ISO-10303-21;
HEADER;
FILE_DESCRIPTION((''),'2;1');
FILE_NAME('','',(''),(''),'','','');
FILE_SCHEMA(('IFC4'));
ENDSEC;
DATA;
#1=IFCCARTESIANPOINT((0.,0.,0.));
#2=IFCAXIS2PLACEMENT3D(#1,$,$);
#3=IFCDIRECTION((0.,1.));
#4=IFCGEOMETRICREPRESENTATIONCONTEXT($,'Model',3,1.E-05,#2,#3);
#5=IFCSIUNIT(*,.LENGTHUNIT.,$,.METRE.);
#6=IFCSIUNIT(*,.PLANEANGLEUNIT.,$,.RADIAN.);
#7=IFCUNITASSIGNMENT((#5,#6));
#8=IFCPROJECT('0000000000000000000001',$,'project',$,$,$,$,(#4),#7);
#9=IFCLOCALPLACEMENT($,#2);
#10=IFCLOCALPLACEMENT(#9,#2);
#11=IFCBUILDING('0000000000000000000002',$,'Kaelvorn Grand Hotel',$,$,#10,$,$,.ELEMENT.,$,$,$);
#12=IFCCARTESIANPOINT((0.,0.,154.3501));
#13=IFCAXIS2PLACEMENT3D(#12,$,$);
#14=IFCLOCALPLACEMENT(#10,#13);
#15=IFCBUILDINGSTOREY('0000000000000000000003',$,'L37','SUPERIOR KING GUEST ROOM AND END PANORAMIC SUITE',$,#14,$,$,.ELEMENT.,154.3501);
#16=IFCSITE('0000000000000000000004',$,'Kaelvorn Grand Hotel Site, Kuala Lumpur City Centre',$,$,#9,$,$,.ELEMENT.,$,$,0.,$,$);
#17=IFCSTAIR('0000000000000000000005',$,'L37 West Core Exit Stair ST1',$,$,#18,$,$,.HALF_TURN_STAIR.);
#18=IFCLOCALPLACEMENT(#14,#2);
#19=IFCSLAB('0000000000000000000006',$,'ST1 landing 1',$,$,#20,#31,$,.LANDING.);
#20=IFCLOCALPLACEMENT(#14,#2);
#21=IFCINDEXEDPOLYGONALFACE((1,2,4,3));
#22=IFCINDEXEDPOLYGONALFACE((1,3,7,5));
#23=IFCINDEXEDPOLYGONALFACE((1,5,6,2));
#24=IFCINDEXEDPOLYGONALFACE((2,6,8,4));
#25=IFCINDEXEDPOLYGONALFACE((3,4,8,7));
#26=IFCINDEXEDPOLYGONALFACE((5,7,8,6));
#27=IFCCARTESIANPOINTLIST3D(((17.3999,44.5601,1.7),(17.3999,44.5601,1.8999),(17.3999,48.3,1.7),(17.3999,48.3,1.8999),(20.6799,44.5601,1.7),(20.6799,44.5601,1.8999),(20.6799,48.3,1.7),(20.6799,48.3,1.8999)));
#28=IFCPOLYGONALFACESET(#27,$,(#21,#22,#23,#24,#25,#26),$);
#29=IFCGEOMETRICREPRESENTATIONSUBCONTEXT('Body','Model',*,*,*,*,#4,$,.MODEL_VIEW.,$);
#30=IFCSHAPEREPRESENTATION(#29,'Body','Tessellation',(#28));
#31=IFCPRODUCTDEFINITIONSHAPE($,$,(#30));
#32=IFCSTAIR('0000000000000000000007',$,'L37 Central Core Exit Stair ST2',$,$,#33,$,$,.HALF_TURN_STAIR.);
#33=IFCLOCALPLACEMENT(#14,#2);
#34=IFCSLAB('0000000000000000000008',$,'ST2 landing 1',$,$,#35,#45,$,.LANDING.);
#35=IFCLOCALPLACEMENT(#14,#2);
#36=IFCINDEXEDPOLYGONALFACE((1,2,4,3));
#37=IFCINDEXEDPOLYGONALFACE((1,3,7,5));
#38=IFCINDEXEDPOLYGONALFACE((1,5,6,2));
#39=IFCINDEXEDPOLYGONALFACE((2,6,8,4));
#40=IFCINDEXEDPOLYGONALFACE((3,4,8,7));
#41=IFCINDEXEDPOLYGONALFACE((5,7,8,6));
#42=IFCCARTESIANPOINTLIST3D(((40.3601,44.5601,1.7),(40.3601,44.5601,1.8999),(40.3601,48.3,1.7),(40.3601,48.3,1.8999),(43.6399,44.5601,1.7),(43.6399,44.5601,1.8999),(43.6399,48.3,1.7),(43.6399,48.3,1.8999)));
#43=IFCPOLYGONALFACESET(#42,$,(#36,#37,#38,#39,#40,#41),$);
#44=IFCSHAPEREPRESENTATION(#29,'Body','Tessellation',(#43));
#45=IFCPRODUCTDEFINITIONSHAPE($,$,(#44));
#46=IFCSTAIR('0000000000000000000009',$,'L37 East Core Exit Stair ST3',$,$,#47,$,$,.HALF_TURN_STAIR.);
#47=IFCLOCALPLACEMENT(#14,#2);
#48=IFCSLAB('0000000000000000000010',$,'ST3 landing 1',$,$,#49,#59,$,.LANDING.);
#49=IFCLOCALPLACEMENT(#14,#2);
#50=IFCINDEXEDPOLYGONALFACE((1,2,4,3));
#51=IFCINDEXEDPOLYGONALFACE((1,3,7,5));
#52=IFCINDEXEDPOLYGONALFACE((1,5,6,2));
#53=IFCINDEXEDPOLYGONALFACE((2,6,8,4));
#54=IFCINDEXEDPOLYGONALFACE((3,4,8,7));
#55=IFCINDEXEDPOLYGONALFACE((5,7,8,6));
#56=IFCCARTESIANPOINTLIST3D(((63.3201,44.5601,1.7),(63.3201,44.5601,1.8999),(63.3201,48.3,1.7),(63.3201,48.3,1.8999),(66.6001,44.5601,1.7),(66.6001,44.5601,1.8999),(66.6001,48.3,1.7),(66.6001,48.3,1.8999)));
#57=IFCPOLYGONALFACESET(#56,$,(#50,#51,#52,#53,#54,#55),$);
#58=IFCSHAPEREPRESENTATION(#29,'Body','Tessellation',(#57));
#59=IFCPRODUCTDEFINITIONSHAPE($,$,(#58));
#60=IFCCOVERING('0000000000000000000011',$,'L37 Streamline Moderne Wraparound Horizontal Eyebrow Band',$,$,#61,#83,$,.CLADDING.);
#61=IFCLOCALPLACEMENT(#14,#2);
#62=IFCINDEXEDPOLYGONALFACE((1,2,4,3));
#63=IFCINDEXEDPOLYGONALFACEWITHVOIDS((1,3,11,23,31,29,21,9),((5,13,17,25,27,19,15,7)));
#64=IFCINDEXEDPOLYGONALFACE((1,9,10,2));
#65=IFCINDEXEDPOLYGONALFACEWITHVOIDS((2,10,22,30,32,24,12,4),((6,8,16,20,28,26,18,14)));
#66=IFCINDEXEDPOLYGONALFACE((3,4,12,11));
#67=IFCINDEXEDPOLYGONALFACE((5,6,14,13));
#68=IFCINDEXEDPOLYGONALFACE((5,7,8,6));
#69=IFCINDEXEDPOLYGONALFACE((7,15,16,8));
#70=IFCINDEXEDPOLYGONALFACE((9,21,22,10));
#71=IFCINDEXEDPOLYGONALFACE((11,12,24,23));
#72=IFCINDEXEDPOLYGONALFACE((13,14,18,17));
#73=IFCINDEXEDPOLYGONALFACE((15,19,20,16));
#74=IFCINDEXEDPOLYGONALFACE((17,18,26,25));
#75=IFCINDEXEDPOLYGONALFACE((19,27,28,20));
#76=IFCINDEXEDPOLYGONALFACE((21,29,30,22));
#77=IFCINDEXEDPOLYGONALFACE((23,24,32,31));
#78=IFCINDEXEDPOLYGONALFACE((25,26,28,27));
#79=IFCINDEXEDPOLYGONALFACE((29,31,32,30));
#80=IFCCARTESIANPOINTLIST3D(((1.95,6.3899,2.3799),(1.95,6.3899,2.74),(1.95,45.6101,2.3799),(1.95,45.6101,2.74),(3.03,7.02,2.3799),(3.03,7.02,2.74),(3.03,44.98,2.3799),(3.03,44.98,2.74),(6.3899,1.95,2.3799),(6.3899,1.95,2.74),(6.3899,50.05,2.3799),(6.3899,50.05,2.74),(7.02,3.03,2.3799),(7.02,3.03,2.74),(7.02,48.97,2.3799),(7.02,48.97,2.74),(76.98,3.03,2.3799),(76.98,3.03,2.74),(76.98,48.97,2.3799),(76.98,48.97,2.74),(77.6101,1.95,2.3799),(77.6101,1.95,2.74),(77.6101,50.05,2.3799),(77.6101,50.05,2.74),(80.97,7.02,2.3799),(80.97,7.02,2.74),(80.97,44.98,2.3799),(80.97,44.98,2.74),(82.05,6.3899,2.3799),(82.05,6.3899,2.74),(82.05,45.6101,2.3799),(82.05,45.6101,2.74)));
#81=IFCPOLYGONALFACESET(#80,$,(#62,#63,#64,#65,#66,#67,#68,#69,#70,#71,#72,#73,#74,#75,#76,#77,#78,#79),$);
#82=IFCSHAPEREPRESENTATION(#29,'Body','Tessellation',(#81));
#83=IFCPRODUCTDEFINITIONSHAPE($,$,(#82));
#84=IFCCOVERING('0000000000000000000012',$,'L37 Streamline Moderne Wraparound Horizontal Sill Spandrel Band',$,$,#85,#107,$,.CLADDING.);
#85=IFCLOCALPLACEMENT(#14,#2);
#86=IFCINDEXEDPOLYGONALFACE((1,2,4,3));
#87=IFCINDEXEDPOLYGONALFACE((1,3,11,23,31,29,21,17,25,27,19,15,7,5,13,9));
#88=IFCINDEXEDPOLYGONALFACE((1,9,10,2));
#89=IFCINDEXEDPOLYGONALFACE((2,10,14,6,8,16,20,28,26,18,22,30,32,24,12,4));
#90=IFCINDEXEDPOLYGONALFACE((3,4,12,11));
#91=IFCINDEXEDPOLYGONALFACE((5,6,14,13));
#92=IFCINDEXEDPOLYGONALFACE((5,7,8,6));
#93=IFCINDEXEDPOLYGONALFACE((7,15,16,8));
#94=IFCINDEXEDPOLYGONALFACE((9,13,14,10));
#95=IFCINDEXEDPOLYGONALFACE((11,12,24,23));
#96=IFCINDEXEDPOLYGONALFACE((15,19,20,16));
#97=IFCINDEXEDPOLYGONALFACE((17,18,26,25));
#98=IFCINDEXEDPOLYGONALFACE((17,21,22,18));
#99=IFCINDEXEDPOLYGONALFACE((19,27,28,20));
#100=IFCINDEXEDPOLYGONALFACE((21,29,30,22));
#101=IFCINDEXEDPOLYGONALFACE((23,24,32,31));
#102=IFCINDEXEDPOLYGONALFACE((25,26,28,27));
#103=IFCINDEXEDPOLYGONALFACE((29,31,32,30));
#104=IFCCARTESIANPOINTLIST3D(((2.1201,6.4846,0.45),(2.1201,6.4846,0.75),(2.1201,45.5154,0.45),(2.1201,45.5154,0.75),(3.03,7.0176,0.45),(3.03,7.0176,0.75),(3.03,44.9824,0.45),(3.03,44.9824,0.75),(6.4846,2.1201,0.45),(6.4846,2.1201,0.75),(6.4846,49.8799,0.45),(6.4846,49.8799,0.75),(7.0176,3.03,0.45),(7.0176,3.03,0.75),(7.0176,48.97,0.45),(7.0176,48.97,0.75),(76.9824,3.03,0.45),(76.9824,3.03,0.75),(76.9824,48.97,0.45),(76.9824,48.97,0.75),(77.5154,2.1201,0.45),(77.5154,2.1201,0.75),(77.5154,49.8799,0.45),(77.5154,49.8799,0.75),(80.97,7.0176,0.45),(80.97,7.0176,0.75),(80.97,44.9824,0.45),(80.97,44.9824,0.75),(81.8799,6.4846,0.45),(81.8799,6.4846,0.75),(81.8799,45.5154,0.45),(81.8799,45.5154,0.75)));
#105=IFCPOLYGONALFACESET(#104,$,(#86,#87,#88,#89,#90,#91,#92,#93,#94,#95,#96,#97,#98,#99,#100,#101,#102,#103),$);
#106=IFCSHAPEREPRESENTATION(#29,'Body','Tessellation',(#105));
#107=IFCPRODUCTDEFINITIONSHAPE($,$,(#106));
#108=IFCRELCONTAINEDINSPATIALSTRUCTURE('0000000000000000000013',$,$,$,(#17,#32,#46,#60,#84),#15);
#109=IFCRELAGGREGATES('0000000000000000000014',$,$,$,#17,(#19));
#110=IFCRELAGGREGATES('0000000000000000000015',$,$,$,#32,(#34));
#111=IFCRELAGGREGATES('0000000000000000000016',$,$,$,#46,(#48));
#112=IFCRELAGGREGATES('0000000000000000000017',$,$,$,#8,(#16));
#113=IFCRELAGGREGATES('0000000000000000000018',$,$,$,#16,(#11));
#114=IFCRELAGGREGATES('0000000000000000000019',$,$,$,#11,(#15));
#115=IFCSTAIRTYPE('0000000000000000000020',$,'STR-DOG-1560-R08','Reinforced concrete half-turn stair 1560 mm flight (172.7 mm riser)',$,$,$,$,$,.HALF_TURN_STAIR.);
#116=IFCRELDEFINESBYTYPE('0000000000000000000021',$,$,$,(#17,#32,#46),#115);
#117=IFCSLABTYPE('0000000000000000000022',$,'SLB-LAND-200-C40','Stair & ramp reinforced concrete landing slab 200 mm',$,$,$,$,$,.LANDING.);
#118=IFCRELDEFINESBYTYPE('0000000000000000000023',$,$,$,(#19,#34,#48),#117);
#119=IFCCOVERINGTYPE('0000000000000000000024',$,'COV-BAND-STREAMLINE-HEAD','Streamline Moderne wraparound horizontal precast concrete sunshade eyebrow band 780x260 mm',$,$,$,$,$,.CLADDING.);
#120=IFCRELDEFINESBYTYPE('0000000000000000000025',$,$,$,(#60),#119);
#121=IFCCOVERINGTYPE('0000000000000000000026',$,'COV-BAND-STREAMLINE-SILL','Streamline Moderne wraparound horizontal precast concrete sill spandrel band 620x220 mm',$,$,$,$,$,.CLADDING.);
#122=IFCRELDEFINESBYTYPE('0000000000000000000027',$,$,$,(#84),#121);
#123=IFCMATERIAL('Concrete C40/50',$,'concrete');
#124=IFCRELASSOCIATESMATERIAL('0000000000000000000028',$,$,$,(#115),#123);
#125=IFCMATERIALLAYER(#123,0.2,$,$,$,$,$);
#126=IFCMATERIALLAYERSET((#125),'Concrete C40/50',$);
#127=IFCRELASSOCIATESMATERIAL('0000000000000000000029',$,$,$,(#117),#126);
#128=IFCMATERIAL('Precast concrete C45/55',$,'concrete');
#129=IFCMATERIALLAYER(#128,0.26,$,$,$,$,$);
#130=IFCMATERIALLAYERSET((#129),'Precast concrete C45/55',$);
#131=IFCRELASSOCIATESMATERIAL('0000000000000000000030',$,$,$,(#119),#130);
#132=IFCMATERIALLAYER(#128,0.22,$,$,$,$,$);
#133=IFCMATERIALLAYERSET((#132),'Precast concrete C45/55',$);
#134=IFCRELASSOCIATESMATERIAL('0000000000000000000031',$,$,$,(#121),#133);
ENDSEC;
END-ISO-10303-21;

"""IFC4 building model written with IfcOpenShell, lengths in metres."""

from ifc_helpers import new_model, si_unit, direction, frame, origin, place, context, subcontext, project, spatial, polyline, outline, extrude, material, layer, layer_set, type_object, element, aggregate, save


model = new_model("IFC4")

# Units and contexts
model_context = context("Model", 3, precision=1e-05, world=origin(), true_north=direction((0.0, 1.0)))
body_context = subcontext(model_context, "Body", "Model", "MODEL_VIEW")
ifc_project = project(units=[si_unit("LENGTHUNIT", "METRE"), si_unit("PLANEANGLEUNIT", "RADIAN")], contexts=[model_context])

# Site, building, storey
site_placement = place(None, origin())
site = spatial("IfcSite", under=ifc_project, at=site_placement, Name="Kaelvorn Grand Hotel Site, Kuala Lumpur City Centre", CompositionType="ELEMENT", RefElevation=0.0)
building_placement = place(site_placement, origin())
building = spatial("IfcBuilding", under=site, at=building_placement, Name="Kaelvorn Grand Hotel", CompositionType="ELEMENT")
storey_placement = place(building_placement, frame((0.0, 0.0, 154.3501)))
storey = spatial("IfcBuildingStorey", under=building, at=storey_placement, Name="L37", Description="SUPERIOR KING GUEST ROOM AND END PANORAMIC SUITE", CompositionType="ELEMENT", Elevation=154.3501)

# Shared definitions
ifc_material_1 = material(Name="Concrete C40/50", Category="concrete")

# Stairs, slabs
stair_type = type_object("IfcStairType", Name="STR-DOG-1560-R08", Description="Reinforced concrete half-turn stair 1560 mm flight (172.7 mm riser)", PredefinedType="HALF_TURN_STAIR", material=ifc_material_1)
stair_1_placement = place(storey_placement, origin())
stair_1 = element("IfcStair", 1, at=stair_1_placement, inside=storey, type_object=stair_type, Name="L37 West Core Exit Stair ST1", PredefinedType="HALF_TURN_STAIR")
ifc_layer_1 = layer(ifc_material_1, 0.2)
ifc_layer_set_1 = layer_set([ifc_layer_1], Name="Concrete C40/50")
slab_type_1 = type_object("IfcSlabType", Name="SLB-LAND-200-C40", Description="Stair & ramp reinforced concrete landing slab 200 mm", PredefinedType="LANDING", material=ifc_layer_set_1)
slab_1_placement = place(storey_placement, frame((0.0, 0.0, 1.7)))
slab_1 = element("IfcSlab", 2, at=slab_1_placement, type_object=slab_type_1, Name="ST1 landing 1", PredefinedType="LANDING", context=body_context, shape_type="SweptSolid", body=[
    extrude(outline(polyline([(20.6799, 44.5601), (20.6799, 48.3), (17.3999, 48.3), (17.3999, 44.5601), (20.6799, 44.5601)])), origin(), (0.0, 0.0, 1.0), 0.2),
])
aggregate(stair_1, [slab_1])
stair_2_placement = place(storey_placement, origin())
stair_2 = element("IfcStair", 3, at=stair_2_placement, inside=storey, type_object=stair_type, Name="L37 Central Core Exit Stair ST2", PredefinedType="HALF_TURN_STAIR")
slab_2_placement = place(storey_placement, frame((0.0, 0.0, 1.7)))
slab_2 = element("IfcSlab", 4, at=slab_2_placement, type_object=slab_type_1, Name="ST2 landing 1", PredefinedType="LANDING", context=body_context, shape_type="SweptSolid", body=[
    extrude(outline(polyline([(43.6399, 44.5601), (43.6399, 48.3), (40.3601, 48.3), (40.3601, 44.5601), (43.6399, 44.5601)])), origin(), (0.0, 0.0, 1.0), 0.2),
])
aggregate(stair_2, [slab_2])
stair_3_placement = place(storey_placement, origin())
stair_3 = element("IfcStair", 5, at=stair_3_placement, inside=storey, type_object=stair_type, Name="L37 East Core Exit Stair ST3", PredefinedType="HALF_TURN_STAIR")
slab_3_placement = place(storey_placement, frame((0.0, 0.0, 1.7)))
slab_3 = element("IfcSlab", 6, at=slab_3_placement, type_object=slab_type_1, Name="ST3 landing 1", PredefinedType="LANDING", context=body_context, shape_type="SweptSolid", body=[
    extrude(outline(polyline([(66.6001, 44.5601), (66.6001, 48.3), (63.3201, 48.3), (63.3201, 44.5601), (66.6001, 44.5601)])), origin(), (0.0, 0.0, 1.0), 0.2),
])
aggregate(stair_3, [slab_3])

# Coverings
ifc_material_2 = material(Name="Precast concrete C45/55", Category="concrete")
ifc_layer_2 = layer(ifc_material_2, 0.26)
ifc_layer_set_2 = layer_set([ifc_layer_2], Name="Precast concrete C45/55")
covering_type_1 = type_object("IfcCoveringType", Name="COV-BAND-STREAMLINE-HEAD", Description="Streamline Moderne wraparound horizontal precast concrete sunshade eyebrow band 780x260 mm", PredefinedType="CLADDING", material=ifc_layer_set_2)
covering_1_placement = place(storey_placement, frame((0.0, 0.0, 2.3799)))
element("IfcCovering", 7, at=covering_1_placement, inside=storey, type_object=covering_type_1, Name="L37 Streamline Moderne Wraparound Horizontal Eyebrow Band", PredefinedType="CLADDING", context=body_context, shape_type="SweptSolid", body=[
    extrude(outline(polyline([(6.3899, 1.95), (77.6101, 1.95), (82.05, 6.3899), (82.05, 45.6101), (77.6101, 50.05), (6.3899, 50.05), (1.95, 45.6101), (1.95, 6.3899), (6.3899, 1.95)]), holes=[polyline([(7.02, 3.03), (76.98, 3.03), (80.97, 7.02), (80.97, 44.98), (76.98, 48.97), (7.02, 48.97), (3.03, 44.98), (3.03, 7.02), (7.02, 3.03)])]), origin(), (0.0, 0.0, 1.0), 0.3601),
])
ifc_layer_3 = layer(ifc_material_2, 0.22)
ifc_layer_set_3 = layer_set([ifc_layer_3], Name="Precast concrete C45/55")
covering_type_2 = type_object("IfcCoveringType", Name="COV-BAND-STREAMLINE-SILL", Description="Streamline Moderne wraparound horizontal precast concrete sill spandrel band 620x220 mm", PredefinedType="CLADDING", material=ifc_layer_set_3)
covering_2_placement = place(storey_placement, frame((0.0, 0.0, 0.45)))
element("IfcCovering", 8, at=covering_2_placement, inside=storey, type_object=covering_type_2, Name="L37 Streamline Moderne Wraparound Horizontal Sill Spandrel Band", PredefinedType="CLADDING", context=body_context, shape_type="SweptSolid", body=[
    extrude(outline(polyline([(77.5154, 2.1201), (81.8799, 6.4846), (81.8799, 45.5154), (77.5154, 49.8799), (6.4846, 49.8799), (2.1201, 45.5154), (2.1201, 6.4846), (6.4846, 2.1201), (7.0176, 3.03), (3.03, 7.0176), (3.03, 44.9824), (7.0176, 48.97), (76.9824, 48.97), (80.97, 44.9824), (80.97, 7.0176), (76.9824, 3.03), (77.5154, 2.1201)])), origin(), (0.0, 0.0, 1.0), 0.3),
])

save(model, "model.ifc")
